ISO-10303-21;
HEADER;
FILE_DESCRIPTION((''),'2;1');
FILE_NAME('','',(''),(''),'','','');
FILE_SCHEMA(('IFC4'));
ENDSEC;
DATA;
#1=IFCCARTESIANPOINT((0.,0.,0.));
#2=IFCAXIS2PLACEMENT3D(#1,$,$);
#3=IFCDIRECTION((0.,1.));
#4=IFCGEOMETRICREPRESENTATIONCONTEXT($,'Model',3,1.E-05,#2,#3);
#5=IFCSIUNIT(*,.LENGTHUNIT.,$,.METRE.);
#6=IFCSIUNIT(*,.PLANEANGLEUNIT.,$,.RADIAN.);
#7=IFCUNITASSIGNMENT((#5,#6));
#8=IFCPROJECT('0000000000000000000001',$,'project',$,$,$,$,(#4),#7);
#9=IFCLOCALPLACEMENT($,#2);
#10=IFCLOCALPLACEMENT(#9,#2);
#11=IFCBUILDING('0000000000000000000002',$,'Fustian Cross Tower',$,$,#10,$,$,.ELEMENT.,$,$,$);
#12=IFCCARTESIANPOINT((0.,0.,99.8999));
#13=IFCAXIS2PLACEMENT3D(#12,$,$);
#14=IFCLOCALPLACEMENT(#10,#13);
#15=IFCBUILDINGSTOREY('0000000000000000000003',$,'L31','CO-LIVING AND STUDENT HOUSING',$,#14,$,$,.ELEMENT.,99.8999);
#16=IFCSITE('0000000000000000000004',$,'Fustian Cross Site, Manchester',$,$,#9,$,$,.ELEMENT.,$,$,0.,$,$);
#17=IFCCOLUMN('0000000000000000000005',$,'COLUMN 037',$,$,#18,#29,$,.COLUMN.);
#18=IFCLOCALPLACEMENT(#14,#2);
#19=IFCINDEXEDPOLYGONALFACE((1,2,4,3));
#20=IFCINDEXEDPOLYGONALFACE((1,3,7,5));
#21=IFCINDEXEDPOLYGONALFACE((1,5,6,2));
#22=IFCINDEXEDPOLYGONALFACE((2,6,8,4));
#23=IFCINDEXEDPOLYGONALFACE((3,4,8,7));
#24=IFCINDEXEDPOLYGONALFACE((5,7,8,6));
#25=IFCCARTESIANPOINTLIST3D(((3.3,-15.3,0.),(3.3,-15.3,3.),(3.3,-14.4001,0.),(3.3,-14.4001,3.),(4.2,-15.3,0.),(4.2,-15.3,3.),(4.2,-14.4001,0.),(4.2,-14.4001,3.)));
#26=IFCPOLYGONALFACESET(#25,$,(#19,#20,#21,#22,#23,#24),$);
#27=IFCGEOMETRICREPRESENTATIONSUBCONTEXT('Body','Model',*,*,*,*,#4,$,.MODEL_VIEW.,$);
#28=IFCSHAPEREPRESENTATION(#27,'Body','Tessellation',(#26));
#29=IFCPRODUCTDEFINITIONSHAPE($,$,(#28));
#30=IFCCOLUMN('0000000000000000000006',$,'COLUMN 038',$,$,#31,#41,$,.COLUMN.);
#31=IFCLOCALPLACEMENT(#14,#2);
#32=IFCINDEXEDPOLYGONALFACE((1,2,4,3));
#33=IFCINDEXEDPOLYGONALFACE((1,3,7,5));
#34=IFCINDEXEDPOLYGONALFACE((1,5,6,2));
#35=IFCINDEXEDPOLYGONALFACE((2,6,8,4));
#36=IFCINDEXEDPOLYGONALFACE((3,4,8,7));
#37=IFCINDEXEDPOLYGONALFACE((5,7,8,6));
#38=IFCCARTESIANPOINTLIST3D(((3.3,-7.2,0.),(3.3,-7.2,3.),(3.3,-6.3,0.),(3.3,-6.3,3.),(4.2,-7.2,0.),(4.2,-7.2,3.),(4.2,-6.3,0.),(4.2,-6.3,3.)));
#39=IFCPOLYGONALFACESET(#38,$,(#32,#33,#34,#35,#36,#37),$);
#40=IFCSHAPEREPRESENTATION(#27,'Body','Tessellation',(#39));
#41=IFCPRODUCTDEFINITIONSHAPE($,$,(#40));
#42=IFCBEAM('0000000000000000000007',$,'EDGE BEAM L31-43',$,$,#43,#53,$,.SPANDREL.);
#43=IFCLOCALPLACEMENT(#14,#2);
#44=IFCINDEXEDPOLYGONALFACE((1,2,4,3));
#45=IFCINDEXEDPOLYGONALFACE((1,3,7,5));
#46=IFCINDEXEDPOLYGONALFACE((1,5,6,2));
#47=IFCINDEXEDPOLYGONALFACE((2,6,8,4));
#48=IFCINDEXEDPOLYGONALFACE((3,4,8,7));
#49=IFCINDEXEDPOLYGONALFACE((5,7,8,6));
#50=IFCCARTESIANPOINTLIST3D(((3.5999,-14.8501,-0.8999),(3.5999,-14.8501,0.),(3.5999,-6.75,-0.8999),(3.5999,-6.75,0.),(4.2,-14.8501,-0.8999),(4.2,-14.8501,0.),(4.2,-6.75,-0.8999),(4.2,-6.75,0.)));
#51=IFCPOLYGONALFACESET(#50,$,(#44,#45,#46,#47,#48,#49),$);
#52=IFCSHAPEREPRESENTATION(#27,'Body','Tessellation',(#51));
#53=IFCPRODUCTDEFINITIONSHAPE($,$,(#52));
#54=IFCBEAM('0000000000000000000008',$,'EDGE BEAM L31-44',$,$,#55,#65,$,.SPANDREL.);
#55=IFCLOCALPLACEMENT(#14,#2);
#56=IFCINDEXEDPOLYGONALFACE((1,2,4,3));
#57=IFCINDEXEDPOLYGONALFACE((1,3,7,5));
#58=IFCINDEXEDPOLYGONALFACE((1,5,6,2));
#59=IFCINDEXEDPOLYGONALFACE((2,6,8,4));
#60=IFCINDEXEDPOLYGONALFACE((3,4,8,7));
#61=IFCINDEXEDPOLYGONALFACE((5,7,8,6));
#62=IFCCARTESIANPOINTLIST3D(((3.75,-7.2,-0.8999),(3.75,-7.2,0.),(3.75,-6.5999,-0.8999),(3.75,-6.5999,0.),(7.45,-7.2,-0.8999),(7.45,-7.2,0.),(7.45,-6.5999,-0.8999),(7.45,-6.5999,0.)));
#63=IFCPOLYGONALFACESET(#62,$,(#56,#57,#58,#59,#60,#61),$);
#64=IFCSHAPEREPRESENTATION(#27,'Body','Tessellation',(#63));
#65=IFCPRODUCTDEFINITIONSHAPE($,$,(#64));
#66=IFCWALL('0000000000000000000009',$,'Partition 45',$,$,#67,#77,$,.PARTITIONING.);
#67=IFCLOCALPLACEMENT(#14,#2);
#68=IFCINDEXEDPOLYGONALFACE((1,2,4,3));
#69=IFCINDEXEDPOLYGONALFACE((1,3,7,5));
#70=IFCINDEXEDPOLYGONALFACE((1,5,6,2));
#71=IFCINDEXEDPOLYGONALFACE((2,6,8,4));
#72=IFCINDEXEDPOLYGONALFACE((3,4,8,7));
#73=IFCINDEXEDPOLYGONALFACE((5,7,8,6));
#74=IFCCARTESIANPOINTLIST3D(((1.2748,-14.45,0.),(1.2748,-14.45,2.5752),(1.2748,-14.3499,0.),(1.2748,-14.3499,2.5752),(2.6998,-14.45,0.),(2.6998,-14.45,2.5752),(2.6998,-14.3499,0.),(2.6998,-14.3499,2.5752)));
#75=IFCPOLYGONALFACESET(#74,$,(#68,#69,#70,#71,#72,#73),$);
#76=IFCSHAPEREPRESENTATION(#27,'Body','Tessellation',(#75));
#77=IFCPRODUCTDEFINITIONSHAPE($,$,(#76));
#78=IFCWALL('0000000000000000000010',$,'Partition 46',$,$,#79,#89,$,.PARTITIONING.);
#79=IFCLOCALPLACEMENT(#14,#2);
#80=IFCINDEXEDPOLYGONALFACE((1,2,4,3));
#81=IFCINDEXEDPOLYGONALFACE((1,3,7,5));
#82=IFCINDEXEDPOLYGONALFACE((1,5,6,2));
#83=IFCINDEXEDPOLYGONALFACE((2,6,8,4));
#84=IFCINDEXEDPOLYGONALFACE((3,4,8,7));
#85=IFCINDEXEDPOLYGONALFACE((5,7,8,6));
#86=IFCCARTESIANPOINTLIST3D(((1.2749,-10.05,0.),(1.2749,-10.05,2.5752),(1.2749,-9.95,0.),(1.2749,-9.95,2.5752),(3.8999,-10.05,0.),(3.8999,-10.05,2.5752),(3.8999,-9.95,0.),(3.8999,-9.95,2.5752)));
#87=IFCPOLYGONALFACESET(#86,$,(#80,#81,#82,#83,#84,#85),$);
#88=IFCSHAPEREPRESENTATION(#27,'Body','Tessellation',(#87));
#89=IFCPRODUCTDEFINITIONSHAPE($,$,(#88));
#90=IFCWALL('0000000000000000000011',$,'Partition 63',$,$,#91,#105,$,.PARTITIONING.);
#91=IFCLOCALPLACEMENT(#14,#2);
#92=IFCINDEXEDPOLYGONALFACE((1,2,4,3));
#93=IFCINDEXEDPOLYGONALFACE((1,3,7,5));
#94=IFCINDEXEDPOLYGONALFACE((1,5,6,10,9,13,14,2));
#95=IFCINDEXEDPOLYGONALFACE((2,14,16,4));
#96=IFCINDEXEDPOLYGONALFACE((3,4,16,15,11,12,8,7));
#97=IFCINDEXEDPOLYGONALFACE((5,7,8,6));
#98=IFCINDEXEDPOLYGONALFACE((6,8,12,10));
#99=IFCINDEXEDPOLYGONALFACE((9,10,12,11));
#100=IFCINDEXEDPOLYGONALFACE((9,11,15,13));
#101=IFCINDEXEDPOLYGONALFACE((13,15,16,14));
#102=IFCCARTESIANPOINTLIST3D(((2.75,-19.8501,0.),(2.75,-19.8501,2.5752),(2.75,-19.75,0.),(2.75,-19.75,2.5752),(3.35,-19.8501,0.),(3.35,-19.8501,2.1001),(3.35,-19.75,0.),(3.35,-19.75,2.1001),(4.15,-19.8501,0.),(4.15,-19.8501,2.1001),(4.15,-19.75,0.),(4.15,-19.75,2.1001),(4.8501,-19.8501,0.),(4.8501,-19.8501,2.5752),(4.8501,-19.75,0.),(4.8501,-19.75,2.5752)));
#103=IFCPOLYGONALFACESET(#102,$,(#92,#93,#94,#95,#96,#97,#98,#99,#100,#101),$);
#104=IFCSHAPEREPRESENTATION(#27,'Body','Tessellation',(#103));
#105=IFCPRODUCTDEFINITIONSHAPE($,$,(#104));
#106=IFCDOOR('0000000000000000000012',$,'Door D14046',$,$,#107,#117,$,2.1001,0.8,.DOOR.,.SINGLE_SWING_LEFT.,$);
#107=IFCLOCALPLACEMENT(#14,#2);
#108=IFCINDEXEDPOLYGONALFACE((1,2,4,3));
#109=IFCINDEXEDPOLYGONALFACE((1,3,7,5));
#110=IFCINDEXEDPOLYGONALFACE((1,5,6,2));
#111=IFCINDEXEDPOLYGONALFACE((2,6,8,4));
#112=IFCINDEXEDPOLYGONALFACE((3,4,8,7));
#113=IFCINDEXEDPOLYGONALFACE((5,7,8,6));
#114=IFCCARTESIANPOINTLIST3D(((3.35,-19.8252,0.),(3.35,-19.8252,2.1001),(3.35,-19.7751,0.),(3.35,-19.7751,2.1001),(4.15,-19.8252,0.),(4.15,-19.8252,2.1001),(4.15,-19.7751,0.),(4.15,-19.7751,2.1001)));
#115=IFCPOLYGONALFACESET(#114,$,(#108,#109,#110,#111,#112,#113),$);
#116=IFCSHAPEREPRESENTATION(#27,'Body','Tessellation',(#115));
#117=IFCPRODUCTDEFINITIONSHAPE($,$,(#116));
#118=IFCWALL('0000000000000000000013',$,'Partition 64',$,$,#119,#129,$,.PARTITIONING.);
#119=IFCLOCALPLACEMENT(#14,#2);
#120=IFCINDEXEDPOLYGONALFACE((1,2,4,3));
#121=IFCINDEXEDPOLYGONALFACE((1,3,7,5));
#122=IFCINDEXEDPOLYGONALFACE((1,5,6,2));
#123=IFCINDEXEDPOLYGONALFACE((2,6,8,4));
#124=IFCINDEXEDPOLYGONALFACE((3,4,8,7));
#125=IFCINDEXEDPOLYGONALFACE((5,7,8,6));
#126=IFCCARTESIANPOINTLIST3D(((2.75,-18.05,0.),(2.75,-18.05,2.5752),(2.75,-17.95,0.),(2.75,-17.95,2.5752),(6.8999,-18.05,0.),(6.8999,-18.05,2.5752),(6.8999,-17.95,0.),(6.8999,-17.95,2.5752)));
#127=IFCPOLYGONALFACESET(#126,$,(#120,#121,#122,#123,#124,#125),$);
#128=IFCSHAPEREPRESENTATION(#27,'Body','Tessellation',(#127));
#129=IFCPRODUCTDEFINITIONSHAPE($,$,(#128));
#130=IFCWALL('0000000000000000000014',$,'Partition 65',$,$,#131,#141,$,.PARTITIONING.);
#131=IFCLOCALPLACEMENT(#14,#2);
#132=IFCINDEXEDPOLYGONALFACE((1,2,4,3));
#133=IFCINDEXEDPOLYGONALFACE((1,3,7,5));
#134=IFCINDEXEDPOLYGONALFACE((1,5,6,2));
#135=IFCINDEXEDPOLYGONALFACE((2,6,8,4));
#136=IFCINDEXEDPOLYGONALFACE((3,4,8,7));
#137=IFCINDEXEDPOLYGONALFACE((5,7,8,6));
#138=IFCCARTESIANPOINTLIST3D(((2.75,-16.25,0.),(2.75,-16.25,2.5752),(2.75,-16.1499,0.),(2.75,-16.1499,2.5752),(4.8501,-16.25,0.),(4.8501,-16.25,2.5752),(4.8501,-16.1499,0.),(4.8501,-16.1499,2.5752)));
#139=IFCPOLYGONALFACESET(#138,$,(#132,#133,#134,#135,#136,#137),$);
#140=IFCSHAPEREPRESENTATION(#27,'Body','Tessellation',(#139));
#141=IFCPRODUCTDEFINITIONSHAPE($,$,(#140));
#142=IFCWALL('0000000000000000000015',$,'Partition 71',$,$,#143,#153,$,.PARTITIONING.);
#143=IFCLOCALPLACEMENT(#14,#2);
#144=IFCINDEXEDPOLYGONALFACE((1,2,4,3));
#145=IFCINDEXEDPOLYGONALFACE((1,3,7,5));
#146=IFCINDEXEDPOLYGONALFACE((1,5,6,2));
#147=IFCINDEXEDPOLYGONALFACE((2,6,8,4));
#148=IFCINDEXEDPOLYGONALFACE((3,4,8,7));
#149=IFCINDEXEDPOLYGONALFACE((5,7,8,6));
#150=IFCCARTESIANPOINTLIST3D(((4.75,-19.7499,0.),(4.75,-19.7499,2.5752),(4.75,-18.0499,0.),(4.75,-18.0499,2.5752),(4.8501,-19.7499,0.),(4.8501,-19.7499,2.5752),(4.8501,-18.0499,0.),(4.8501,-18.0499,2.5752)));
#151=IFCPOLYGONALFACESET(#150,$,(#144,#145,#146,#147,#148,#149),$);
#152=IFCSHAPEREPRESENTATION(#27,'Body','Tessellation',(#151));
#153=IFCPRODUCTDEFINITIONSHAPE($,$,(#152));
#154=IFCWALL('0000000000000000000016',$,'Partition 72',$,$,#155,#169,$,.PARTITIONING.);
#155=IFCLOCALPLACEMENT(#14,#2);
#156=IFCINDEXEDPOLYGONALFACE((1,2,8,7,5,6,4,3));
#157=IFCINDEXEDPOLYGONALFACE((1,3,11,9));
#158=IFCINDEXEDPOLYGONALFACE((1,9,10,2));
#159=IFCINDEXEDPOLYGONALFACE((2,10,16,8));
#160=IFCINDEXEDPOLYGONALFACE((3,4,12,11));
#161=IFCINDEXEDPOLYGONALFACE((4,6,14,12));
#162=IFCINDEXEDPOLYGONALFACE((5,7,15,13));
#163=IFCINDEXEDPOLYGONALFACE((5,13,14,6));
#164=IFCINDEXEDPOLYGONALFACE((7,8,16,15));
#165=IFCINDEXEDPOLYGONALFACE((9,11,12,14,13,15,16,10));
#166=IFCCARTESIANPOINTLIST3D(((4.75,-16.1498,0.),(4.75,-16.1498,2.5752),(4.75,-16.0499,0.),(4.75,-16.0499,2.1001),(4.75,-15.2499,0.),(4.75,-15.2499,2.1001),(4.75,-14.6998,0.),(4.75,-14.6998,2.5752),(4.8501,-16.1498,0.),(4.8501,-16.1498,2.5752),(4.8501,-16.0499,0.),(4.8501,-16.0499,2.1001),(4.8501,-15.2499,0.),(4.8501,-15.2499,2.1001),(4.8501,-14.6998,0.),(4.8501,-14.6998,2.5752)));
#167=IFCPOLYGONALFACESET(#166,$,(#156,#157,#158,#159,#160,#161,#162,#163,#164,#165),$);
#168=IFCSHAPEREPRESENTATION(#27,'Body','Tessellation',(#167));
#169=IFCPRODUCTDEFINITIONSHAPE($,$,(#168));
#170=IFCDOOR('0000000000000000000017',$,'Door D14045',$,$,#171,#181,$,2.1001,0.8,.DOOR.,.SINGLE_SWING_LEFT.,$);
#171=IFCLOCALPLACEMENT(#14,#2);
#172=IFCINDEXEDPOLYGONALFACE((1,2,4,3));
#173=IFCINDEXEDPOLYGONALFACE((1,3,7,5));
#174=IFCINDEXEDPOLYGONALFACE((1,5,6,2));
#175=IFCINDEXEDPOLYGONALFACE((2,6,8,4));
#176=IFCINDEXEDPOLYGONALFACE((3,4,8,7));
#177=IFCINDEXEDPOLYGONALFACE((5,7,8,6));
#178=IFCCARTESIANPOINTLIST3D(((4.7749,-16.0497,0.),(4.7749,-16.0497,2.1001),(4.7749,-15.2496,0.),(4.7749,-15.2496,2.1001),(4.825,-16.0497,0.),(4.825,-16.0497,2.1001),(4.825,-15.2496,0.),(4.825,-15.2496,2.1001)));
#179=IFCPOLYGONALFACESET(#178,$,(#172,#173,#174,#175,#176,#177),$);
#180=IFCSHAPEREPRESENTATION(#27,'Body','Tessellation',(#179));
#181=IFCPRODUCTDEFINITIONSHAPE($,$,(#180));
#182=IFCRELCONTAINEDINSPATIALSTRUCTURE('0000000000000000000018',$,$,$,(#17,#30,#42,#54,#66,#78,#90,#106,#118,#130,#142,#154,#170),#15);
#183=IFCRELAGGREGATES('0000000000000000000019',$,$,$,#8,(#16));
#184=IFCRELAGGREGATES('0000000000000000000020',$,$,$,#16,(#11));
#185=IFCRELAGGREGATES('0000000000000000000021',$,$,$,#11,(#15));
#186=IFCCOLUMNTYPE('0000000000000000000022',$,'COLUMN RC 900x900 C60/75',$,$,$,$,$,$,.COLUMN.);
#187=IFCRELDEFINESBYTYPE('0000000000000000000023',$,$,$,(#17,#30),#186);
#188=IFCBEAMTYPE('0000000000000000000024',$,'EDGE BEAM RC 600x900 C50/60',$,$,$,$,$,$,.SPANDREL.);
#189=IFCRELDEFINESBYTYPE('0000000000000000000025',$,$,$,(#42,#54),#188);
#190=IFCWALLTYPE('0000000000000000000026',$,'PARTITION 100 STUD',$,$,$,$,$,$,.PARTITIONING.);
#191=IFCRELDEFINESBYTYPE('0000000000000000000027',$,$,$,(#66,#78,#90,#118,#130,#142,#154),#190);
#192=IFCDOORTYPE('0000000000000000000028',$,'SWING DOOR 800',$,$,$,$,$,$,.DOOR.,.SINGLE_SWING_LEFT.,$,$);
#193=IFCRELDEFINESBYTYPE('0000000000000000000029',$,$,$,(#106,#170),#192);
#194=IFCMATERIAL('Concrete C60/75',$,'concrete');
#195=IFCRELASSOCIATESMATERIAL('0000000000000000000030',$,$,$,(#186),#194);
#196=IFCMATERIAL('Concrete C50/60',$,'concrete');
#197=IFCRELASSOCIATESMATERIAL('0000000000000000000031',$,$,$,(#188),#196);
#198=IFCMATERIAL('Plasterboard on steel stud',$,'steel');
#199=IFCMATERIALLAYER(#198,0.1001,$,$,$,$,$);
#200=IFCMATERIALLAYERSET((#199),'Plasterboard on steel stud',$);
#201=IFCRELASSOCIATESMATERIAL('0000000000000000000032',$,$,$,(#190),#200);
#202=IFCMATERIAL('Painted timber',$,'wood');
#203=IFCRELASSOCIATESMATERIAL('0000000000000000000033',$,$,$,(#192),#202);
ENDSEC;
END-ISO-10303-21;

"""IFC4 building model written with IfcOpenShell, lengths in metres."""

from ifc_helpers import new_model, si_unit, direction, frame, frame_2d, origin, origin_2d, place, context, subcontext, project, spatial, rectangle, extrude, material, layer, layer_set, material_profile, profile_set, type_object, element, fill, save


model = new_model("IFC4")

# Units and contexts
model_context = context("Model", 3, precision=1e-05, world=origin(), true_north=direction((0.0, 1.0)))
body_context = subcontext(model_context, "Body", "Model", "MODEL_VIEW")
ifc_project = project(units=[si_unit("LENGTHUNIT", "METRE"), si_unit("PLANEANGLEUNIT", "RADIAN")], contexts=[model_context])

# Site, building, storey
site_placement = place(None, origin())
site = spatial("IfcSite", under=ifc_project, at=site_placement, Name="Fustian Cross Site, Manchester", CompositionType="ELEMENT", RefElevation=0.0)
building_placement = place(site_placement, origin())
building = spatial("IfcBuilding", under=site, at=building_placement, Name="Fustian Cross Tower", CompositionType="ELEMENT")
storey_placement = place(building_placement, frame((0.0, 0.0, 99.8999)))
storey = spatial("IfcBuildingStorey", under=building, at=storey_placement, Name="L31", Description="CO-LIVING AND STUDENT HOUSING", CompositionType="ELEMENT", Elevation=99.8999)

# Columns
ifc_material_1 = material(Name="Concrete C60/75", Category="concrete")
ifc_material_profile_1 = material_profile(ifc_material_1, rectangle(XDim=0.8999, YDim=0.8999, at=origin_2d()), Name="RC 900x900")
ifc_profile_set_1 = profile_set([ifc_material_profile_1], Name="Concrete C60/75")
column_type = type_object("IfcColumnType", Name="COLUMN RC 900x900 C60/75", PredefinedType="COLUMN", material=ifc_profile_set_1)
for number, where, z_axis, x_axis, name in (
    (1, (3.75, -14.8501, 0.0), (0.0, 0.0, 1.0), (1.0, 0.0, 0.0), "COLUMN 037"),
    (2, (3.75, -6.75, 0.0), (0.0, 0.0, 1.0), (1.0, 0.0, 0.0), "COLUMN 038"),
):
    element("IfcColumn", number, at=place(storey_placement, frame(where, z_axis=z_axis, x_axis=x_axis)), inside=storey, type_object=column_type, Name=name, PredefinedType="COLUMN", context=body_context, shape_type="SweptSolid", body=[
        extrude(rectangle(XDim=0.8999, YDim=0.8999, at=origin_2d()), origin(), (0.0, 0.0, 1.0), 3.0),
    ])

# Beams
ifc_material_2 = material(Name="Concrete C50/60", Category="concrete")
ifc_material_profile_2 = material_profile(ifc_material_2, rectangle(XDim=0.6001, YDim=0.8999, at=origin_2d()), Name="RC 600x900")
ifc_profile_set_2 = profile_set([ifc_material_profile_2], Name="Concrete C50/60")
beam_type = type_object("IfcBeamType", Name="EDGE BEAM RC 600x900 C50/60", PredefinedType="SPANDREL", material=ifc_profile_set_2)
beam_1_placement = place(storey_placement, frame((3.8999, -14.8501, -0.45), z_axis=(0.0, 1.0, 0.0), x_axis=(-1.0, 0.0, 0.0)))
element("IfcBeam", 3, at=beam_1_placement, inside=storey, type_object=beam_type, Name="EDGE BEAM L31-43", PredefinedType="SPANDREL", context=body_context, shape_type="SweptSolid", body=[
    extrude(rectangle(XDim=0.6001, YDim=0.8999, at=origin_2d()), origin(), (0.0, 0.0, 1.0), 8.1001),
])
beam_2_placement = place(storey_placement, frame((3.75, -6.8999, -0.45), z_axis=(1.0, 0.0, 0.0), x_axis=(0.0, 1.0, 0.0)))
element("IfcBeam", 4, at=beam_2_placement, inside=storey, type_object=beam_type, Name="EDGE BEAM L31-44", PredefinedType="SPANDREL", context=body_context, shape_type="SweptSolid", body=[
    extrude(rectangle(XDim=0.6001, YDim=0.8999, at=origin_2d()), origin(), (0.0, 0.0, 1.0), 3.7),
])

# Walls
ifc_material_3 = material(Name="Plasterboard on steel stud", Category="steel")
ifc_layer_1 = layer(ifc_material_3, 0.1001)
ifc_layer_set_1 = layer_set([ifc_layer_1], Name="Plasterboard on steel stud")
wall_type_1 = type_object("IfcWallType", Name="PARTITION 100 STUD", PredefinedType="PARTITIONING", material=ifc_layer_set_1)
wall_1_placement = place(storey_placement, frame((1.2749, -14.3999, 0.0), z_axis=(0.0, 0.0, 1.0), x_axis=(1.0, 0.0, 0.0)))
element("IfcWall", 5, at=wall_1_placement, inside=storey, type_object=wall_type_1, Name="Partition 45", PredefinedType="PARTITIONING", context=body_context, shape_type="SweptSolid", body=[
    extrude(rectangle(XDim=1.425, YDim=0.1001, at=frame_2d((0.7124, 0.0))), origin(), (0.0, 0.0, 1.0), 2.5752),
])
wall_2_placement = place(storey_placement, frame((1.2749, -10.0, 0.0), z_axis=(0.0, 0.0, 1.0), x_axis=(1.0, 0.0, 0.0)))
element("IfcWall", 6, at=wall_2_placement, inside=storey, type_object=wall_type_1, Name="Partition 46", PredefinedType="PARTITIONING", context=body_context, shape_type="SweptSolid", body=[
    extrude(rectangle(XDim=2.625, YDim=0.1001, at=frame_2d((1.3125, 0.0))), origin(), (0.0, 0.0, 1.0), 2.5752),
])

# Wall, opening, door
wall_3_placement = place(storey_placement, frame((2.75, -19.8, 0.0), z_axis=(0.0, 0.0, 1.0), x_axis=(1.0, 0.0, 0.0)))
wall_3 = element("IfcWall", 7, at=wall_3_placement, inside=storey, type_object=wall_type_1, Name="Partition 63", PredefinedType="PARTITIONING", context=body_context, shape_type="SweptSolid", body=[
    extrude(rectangle(XDim=2.1001, YDim=0.1001, at=frame_2d((1.05, 0.0))), origin(), (0.0, 0.0, 1.0), 2.5752),
])
opening_1_placement = place(wall_3_placement, frame((0.6001, 0.0, 0.0)))
opening_1 = element("IfcOpeningElement", 8, at=opening_1_placement, cuts=wall_3, PredefinedType="OPENING", context=body_context, shape_type="SweptSolid", body=[
    extrude(rectangle(XDim=0.8, YDim=2.1001, at=frame_2d((0.3999, 1.05))), frame((0.0, 0.0601, 0.0), z_axis=(0.0, -1.0, 0.0), x_axis=(1.0, 0.0, 0.0)), (0.0, 0.0, 1.0), 0.1201),
])
ifc_material_4 = material(Name="Painted timber", Category="wood")
door_type_1 = type_object("IfcDoorType", Name="SWING DOOR 800", OperationType="SINGLE_SWING_LEFT", PredefinedType="DOOR", material=ifc_material_4)
door_1_placement = place(opening_1_placement, origin())
door_1 = element("IfcDoor", 9, at=door_1_placement, inside=storey, type_object=door_type_1, Name="Door D14046", OperationType="SINGLE_SWING_LEFT", OverallHeight=2.1001, OverallWidth=0.8, PredefinedType="DOOR", context=body_context, shape_type="SweptSolid", body=[
    extrude(rectangle(XDim=0.8, YDim=2.1001, at=frame_2d((0.3999, 1.05))), frame((0.0, 0.0249, 0.0), z_axis=(0.0, -1.0, 0.0), x_axis=(1.0, 0.0, 0.0)), (0.0, 0.0, 1.0), 0.05),
])
fill(opening_1, door_1)

# Walls
wall_4_placement = place(storey_placement, frame((2.75, -18.0, 0.0), z_axis=(0.0, 0.0, 1.0), x_axis=(1.0, 0.0, 0.0)))
element("IfcWall", 10, at=wall_4_placement, inside=storey, type_object=wall_type_1, Name="Partition 64", PredefinedType="PARTITIONING", context=body_context, shape_type="SweptSolid", body=[
    extrude(rectangle(XDim=4.1499, YDim=0.1001, at=frame_2d((2.075, 0.0))), origin(), (0.0, 0.0, 1.0), 2.5752),
])
wall_5_placement = place(storey_placement, frame((2.75, -16.2, 0.0), z_axis=(0.0, 0.0, 1.0), x_axis=(1.0, 0.0, 0.0)))
element("IfcWall", 11, at=wall_5_placement, inside=storey, type_object=wall_type_1, Name="Partition 65", PredefinedType="PARTITIONING", context=body_context, shape_type="SweptSolid", body=[
    extrude(rectangle(XDim=2.1001, YDim=0.1001, at=frame_2d((1.05, 0.0))), origin(), (0.0, 0.0, 1.0), 2.5752),
])
wall_6_placement = place(storey_placement, frame((4.8, -19.75, 0.0), z_axis=(0.0, 0.0, 1.0), x_axis=(0.0, 1.0, 0.0)))
element("IfcWall", 12, at=wall_6_placement, inside=storey, type_object=wall_type_1, Name="Partition 71", PredefinedType="PARTITIONING", context=body_context, shape_type="SweptSolid", body=[
    extrude(rectangle(XDim=1.7, YDim=0.1001, at=frame_2d((0.8501, 0.0))), origin(), (0.0, 0.0, 1.0), 2.5752),
])

# Wall, opening, door
wall_7_placement = place(storey_placement, frame((4.8, -16.1499, 0.0), z_axis=(0.0, 0.0, 1.0), x_axis=(0.0, 1.0, 0.0)))
wall_7 = element("IfcWall", 13, at=wall_7_placement, inside=storey, type_object=wall_type_1, Name="Partition 72", PredefinedType="PARTITIONING", context=body_context, shape_type="SweptSolid", body=[
    extrude(rectangle(XDim=1.45, YDim=0.1001, at=frame_2d((0.7251, 0.0))), origin(), (0.0, 0.0, 1.0), 2.5752),
])
opening_2_placement = place(wall_7_placement, frame((0.1001, 0.0, 0.0)))
opening_2 = element("IfcOpeningElement", 14, at=opening_2_placement, cuts=wall_7, PredefinedType="OPENING", context=body_context, shape_type="SweptSolid", body=[
    extrude(rectangle(XDim=0.8, YDim=2.1001, at=frame_2d((0.3999, 1.05))), frame((0.0, 0.0601, 0.0), z_axis=(0.0, -1.0, 0.0), x_axis=(1.0, 0.0, 0.0)), (0.0, 0.0, 1.0), 0.1201),
])
door_2_placement = place(opening_2_placement, frame((0.8, 0.0, 0.0), z_axis=(0.0, 0.0, 1.0), x_axis=(-1.0, 0.0, 0.0)))
door_2 = element("IfcDoor", 15, at=door_2_placement, inside=storey, type_object=door_type_1, Name="Door D14045", OperationType="SINGLE_SWING_LEFT", OverallHeight=2.1001, OverallWidth=0.8, PredefinedType="DOOR", context=body_context, shape_type="SweptSolid", body=[
    extrude(rectangle(XDim=0.8, YDim=2.1001, at=frame_2d((0.3999, 1.05))), frame((0.0, 0.0249, 0.0), z_axis=(0.0, -1.0, 0.0), x_axis=(1.0, 0.0, 0.0)), (0.0, 0.0, 1.0), 0.05),
])
fill(opening_2, door_2)

save(model, "model.ifc")
